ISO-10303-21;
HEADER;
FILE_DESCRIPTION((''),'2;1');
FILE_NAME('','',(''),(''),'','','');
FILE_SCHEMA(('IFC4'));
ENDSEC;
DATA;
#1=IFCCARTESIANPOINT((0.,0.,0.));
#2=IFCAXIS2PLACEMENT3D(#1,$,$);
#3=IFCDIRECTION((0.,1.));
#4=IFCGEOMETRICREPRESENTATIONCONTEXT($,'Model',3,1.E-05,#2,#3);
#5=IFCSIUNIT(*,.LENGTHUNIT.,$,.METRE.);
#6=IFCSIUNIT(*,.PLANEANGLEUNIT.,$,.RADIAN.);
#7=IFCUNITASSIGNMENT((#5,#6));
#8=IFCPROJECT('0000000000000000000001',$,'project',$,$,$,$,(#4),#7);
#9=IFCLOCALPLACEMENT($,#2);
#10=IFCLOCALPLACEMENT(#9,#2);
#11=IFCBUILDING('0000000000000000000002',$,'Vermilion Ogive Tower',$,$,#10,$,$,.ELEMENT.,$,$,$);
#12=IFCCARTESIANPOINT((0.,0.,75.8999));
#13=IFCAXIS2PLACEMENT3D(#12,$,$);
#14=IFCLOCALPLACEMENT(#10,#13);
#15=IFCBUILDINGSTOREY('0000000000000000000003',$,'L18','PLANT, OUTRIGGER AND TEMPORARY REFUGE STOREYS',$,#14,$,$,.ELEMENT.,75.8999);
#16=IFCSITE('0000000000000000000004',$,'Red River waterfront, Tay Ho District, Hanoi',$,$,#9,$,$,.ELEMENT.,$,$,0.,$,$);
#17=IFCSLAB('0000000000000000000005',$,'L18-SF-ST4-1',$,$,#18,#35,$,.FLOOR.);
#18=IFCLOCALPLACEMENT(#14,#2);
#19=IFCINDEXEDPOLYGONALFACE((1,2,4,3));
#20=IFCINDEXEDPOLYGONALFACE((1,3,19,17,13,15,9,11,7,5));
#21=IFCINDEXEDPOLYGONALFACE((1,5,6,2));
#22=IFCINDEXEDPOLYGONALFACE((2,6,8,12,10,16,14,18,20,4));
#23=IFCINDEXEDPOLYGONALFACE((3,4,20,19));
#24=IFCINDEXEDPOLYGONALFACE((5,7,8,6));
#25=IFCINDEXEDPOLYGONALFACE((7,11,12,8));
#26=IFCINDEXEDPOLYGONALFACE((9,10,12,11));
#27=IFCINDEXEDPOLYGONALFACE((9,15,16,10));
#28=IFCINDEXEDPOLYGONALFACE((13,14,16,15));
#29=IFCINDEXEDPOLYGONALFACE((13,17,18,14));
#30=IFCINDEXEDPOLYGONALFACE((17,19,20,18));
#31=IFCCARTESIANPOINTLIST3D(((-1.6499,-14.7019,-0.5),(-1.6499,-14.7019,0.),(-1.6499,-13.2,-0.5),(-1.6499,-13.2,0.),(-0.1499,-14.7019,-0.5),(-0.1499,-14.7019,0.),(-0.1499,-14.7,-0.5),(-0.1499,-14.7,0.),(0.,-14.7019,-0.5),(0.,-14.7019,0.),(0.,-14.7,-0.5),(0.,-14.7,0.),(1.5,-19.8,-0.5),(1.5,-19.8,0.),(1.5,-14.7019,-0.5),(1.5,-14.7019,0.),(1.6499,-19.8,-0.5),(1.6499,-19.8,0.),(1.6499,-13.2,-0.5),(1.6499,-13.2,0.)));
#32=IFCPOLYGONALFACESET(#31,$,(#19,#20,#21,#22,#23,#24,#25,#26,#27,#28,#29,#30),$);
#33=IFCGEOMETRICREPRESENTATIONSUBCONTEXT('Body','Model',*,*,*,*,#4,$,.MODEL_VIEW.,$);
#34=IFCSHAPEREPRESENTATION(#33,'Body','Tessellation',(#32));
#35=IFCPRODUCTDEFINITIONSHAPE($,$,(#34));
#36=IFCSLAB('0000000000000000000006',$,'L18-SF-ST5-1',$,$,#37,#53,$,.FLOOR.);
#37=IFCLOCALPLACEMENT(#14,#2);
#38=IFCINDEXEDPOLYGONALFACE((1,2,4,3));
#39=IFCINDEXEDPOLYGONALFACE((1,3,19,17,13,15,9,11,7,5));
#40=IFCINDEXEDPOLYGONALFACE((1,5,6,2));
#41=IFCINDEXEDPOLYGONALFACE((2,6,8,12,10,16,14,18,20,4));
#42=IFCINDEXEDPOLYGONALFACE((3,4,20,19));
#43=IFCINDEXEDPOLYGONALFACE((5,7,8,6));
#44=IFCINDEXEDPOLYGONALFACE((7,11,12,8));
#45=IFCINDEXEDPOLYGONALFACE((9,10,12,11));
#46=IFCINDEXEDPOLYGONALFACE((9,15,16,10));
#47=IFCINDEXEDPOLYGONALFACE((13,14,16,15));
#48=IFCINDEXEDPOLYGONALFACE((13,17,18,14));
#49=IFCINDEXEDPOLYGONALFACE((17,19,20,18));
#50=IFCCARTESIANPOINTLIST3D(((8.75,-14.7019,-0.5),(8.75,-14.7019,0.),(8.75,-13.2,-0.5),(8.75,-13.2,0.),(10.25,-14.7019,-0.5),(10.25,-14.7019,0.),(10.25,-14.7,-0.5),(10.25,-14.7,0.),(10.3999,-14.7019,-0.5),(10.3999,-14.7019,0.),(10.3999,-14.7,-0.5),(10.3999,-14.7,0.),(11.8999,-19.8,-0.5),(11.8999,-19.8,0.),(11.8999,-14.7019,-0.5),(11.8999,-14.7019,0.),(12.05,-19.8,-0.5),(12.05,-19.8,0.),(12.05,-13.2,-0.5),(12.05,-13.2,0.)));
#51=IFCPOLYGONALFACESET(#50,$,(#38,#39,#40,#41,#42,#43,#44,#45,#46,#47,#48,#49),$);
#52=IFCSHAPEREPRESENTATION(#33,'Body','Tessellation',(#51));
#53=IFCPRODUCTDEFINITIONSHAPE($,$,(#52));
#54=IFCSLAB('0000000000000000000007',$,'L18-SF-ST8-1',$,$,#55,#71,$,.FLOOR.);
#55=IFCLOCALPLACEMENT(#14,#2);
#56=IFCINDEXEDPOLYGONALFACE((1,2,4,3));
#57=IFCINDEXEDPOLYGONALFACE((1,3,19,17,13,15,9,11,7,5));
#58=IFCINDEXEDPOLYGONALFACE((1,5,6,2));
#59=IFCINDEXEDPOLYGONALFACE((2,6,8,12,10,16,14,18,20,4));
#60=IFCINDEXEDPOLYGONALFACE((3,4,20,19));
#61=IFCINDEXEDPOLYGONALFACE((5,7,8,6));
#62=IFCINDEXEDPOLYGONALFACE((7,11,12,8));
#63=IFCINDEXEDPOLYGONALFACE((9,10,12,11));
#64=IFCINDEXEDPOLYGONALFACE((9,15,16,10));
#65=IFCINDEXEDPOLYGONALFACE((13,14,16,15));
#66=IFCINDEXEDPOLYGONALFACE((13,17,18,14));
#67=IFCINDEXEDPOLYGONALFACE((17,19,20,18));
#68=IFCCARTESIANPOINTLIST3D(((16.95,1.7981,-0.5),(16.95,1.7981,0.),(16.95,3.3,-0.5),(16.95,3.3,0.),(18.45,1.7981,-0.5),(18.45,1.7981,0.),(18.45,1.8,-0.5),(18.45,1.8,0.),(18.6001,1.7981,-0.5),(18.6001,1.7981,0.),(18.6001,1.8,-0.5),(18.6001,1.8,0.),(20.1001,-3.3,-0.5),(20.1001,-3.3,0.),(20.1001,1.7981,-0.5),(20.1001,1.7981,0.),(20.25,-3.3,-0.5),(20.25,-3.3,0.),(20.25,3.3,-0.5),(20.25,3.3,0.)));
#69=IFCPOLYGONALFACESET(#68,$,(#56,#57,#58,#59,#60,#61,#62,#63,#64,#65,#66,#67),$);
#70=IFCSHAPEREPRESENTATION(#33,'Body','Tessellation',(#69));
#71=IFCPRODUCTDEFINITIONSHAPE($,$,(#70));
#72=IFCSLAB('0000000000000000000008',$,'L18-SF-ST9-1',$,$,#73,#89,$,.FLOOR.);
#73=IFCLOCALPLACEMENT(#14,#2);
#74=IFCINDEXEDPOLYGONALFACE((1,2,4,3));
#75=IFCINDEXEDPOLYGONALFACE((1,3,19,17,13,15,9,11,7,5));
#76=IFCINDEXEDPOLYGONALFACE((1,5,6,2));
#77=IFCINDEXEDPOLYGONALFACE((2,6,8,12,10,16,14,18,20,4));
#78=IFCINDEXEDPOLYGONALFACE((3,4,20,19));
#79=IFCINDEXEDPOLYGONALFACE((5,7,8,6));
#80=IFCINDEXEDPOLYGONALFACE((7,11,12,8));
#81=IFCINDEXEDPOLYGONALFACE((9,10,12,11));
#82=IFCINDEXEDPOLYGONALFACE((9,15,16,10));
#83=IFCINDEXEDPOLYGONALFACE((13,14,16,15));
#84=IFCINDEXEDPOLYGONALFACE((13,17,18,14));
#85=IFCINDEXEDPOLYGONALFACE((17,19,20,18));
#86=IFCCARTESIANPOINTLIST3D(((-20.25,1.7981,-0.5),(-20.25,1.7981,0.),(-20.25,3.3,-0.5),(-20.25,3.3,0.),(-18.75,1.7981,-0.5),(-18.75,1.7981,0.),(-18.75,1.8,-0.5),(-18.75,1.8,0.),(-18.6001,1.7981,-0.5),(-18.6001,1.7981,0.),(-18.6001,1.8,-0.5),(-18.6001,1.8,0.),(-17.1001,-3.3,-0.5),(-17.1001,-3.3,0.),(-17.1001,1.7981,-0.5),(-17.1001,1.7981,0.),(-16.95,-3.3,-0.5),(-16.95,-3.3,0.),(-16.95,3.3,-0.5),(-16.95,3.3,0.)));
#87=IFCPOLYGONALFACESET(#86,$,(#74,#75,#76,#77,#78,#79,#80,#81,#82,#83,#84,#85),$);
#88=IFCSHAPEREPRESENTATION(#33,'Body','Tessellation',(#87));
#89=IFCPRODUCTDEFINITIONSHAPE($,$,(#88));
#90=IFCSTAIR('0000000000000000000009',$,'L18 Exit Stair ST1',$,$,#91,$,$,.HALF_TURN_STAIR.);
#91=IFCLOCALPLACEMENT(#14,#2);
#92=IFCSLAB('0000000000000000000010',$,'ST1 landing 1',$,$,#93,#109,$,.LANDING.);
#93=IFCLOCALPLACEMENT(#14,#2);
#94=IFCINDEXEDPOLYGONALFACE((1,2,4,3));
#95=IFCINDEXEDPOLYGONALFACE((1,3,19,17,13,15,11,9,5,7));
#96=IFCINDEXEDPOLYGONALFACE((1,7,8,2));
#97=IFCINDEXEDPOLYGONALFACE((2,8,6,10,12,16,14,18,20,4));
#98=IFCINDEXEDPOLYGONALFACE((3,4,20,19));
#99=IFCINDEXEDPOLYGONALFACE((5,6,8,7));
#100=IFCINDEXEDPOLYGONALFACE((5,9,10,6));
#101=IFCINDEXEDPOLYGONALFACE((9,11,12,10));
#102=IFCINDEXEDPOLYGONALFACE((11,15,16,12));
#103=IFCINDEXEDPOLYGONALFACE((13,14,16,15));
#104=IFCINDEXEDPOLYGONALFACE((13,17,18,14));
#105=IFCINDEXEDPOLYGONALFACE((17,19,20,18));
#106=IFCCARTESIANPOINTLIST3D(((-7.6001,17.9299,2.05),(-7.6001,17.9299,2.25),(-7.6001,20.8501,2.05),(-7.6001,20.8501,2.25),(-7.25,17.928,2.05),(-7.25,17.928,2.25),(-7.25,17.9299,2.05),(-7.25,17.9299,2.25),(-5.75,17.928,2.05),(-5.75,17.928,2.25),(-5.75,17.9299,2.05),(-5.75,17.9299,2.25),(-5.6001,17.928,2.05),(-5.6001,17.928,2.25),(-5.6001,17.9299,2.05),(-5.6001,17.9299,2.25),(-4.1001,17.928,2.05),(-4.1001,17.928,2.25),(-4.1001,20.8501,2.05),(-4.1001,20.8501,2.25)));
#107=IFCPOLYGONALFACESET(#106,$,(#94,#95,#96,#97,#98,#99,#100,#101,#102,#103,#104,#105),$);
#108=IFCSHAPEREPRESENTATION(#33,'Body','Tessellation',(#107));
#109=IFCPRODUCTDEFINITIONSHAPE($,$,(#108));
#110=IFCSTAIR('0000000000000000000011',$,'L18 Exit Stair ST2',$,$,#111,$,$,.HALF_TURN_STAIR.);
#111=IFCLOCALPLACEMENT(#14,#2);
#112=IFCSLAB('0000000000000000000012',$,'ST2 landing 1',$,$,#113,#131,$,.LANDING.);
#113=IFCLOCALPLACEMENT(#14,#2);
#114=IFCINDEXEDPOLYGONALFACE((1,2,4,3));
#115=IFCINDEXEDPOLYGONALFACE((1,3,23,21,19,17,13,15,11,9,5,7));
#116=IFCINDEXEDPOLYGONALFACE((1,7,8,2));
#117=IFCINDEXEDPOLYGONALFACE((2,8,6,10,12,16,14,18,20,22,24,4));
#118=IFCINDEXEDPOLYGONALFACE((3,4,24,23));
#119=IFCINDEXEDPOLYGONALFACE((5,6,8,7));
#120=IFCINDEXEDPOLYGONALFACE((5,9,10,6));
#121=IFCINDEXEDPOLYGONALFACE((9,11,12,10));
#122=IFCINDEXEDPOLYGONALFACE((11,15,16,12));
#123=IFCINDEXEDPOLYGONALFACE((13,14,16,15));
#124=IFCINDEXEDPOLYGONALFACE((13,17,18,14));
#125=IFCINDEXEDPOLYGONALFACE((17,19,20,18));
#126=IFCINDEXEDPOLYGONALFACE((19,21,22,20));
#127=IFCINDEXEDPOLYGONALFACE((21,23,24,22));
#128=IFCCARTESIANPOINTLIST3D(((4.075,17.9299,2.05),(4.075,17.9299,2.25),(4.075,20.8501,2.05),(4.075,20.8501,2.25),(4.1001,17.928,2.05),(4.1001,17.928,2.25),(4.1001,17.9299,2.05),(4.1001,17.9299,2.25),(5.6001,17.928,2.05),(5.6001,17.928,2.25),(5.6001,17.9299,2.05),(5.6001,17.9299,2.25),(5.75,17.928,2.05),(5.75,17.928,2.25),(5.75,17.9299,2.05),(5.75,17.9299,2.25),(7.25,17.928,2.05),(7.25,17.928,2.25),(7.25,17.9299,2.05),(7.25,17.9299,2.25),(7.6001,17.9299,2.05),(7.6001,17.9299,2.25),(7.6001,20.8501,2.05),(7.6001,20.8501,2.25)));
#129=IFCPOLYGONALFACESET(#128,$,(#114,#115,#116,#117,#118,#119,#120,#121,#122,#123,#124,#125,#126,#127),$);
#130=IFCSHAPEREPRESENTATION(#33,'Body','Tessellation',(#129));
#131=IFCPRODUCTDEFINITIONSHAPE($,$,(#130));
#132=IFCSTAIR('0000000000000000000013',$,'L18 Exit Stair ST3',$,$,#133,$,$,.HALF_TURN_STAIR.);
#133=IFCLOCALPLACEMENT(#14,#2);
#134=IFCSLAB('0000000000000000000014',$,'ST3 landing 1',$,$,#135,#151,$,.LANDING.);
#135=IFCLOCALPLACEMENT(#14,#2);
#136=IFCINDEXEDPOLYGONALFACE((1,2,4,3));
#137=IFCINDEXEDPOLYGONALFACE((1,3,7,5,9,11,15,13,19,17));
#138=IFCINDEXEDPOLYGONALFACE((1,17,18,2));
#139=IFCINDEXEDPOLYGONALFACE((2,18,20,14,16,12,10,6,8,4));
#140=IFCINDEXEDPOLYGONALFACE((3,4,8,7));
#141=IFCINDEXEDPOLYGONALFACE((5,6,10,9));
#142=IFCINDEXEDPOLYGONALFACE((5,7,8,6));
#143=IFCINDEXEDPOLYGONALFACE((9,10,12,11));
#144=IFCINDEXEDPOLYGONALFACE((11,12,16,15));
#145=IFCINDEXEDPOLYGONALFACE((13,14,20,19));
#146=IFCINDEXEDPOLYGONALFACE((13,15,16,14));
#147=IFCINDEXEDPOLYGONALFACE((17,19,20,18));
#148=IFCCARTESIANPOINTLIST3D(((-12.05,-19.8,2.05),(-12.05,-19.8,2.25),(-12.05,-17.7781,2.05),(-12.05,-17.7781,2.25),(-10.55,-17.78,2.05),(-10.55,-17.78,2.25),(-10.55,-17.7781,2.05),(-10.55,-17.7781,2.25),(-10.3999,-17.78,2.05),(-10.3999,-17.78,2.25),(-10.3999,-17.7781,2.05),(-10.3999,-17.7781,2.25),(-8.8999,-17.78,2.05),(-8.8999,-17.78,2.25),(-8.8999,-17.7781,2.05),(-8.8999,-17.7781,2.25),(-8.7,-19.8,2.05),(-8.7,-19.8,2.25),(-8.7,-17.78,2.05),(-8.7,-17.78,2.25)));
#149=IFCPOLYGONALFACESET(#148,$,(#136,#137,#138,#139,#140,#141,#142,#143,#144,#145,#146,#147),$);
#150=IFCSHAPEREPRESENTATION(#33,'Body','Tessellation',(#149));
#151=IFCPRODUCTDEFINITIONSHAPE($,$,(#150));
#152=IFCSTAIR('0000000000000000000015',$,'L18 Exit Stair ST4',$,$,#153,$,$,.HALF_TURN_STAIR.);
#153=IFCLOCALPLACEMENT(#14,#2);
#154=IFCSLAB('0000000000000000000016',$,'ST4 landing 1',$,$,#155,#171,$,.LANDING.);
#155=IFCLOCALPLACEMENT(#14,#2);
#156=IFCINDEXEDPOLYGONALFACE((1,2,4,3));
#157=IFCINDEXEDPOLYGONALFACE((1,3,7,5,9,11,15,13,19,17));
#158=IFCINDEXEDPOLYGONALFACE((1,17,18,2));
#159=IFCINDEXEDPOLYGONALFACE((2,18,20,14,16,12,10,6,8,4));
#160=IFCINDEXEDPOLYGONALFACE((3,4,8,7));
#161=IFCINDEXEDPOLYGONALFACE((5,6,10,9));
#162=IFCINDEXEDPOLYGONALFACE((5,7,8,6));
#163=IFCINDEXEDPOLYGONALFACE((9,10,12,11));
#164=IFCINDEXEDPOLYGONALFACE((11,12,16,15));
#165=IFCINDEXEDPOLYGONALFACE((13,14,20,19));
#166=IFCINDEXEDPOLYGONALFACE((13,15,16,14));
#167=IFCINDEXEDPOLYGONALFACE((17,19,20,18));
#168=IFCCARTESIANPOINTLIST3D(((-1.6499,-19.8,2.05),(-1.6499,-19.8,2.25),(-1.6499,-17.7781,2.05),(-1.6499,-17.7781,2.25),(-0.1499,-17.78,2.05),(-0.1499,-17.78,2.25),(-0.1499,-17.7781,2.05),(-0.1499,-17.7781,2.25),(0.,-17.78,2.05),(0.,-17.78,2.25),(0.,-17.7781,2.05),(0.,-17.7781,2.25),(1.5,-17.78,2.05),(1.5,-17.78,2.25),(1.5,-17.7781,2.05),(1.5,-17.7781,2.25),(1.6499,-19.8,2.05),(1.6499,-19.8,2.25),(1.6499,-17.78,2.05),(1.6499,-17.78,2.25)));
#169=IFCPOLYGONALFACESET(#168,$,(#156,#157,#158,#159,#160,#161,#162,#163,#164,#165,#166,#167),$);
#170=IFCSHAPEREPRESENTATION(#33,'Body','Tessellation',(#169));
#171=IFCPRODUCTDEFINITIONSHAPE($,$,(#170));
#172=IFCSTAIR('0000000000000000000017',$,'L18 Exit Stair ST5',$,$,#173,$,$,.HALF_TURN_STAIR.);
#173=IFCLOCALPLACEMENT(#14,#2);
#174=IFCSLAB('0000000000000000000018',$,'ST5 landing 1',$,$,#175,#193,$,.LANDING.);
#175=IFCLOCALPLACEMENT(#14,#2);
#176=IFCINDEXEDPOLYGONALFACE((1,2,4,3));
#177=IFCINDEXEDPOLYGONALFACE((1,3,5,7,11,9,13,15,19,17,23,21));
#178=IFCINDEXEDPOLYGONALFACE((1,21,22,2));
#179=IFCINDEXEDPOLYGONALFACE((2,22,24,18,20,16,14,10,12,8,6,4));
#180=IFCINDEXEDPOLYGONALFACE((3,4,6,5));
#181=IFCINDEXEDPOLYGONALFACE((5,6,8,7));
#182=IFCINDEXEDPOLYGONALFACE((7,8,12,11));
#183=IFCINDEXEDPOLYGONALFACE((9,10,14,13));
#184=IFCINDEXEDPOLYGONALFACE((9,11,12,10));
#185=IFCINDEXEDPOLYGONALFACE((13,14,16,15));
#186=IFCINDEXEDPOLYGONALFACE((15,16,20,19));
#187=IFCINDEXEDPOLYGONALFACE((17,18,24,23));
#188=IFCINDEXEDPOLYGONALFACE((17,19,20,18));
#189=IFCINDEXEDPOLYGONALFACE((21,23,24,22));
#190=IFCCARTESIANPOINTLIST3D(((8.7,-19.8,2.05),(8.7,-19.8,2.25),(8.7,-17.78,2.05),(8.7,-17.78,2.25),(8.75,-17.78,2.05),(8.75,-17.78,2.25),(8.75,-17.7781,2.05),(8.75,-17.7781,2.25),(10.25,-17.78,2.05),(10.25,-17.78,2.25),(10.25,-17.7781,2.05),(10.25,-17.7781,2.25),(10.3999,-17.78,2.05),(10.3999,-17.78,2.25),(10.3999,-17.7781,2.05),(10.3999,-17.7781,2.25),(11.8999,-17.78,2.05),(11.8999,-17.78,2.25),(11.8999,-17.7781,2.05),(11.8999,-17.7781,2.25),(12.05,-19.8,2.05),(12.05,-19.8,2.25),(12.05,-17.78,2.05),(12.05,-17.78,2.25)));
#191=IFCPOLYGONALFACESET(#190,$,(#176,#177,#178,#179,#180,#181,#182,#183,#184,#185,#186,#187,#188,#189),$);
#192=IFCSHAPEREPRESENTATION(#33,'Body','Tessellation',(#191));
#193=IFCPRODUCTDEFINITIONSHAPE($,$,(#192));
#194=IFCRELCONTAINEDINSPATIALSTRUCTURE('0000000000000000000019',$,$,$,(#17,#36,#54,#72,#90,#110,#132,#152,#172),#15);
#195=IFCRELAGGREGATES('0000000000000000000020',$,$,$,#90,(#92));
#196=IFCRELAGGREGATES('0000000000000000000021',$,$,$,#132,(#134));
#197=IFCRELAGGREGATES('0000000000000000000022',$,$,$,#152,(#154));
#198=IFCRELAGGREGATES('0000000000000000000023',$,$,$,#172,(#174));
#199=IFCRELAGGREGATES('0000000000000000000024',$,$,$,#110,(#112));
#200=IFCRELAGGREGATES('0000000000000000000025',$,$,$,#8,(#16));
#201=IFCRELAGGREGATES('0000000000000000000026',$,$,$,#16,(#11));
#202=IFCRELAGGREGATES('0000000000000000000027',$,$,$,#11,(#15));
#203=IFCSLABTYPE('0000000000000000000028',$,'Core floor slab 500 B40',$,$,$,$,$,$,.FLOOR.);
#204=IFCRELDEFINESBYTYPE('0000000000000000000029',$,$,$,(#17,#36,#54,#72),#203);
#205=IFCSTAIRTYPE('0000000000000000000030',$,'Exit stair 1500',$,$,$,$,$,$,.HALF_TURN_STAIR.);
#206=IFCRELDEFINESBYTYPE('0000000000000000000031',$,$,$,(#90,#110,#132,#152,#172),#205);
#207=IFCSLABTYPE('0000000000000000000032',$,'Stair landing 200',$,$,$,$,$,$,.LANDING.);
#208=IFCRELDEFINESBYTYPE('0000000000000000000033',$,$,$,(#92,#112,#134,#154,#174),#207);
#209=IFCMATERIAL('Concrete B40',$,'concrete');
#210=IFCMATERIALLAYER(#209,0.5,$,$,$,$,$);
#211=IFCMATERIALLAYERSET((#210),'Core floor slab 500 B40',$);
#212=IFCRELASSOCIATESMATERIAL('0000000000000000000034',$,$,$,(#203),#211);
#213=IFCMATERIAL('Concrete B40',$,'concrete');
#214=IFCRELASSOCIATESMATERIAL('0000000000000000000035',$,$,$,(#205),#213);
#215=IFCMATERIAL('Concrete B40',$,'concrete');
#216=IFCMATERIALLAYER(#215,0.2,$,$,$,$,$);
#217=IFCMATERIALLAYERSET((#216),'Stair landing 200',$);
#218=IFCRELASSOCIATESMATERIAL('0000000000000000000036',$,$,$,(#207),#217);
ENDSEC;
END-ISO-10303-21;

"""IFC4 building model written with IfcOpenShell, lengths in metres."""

from ifc_helpers import new_model, si_unit, direction, frame, origin, place, context, subcontext, project, spatial, polyline, outline, extrude, material, layer, layer_set, type_object, element, aggregate, save


model = new_model("IFC4")

# Units and contexts
model_context = context("Model", 3, precision=1e-05, world=origin(), true_north=direction((0.0, 1.0)))
body_context = subcontext(model_context, "Body", "Model", "MODEL_VIEW")
ifc_project = project(units=[si_unit("LENGTHUNIT", "METRE"), si_unit("PLANEANGLEUNIT", "RADIAN")], contexts=[model_context])

# Site, building, storey
site_placement = place(None, origin())
site = spatial("IfcSite", under=ifc_project, at=site_placement, Name="Red River waterfront, Tay Ho District, Hanoi", CompositionType="ELEMENT", RefElevation=0.0)
building_placement = place(site_placement, origin())
building = spatial("IfcBuilding", under=site, at=building_placement, Name="Vermilion Ogive Tower", CompositionType="ELEMENT")
storey_placement = place(building_placement, frame((0.0, 0.0, 75.8999)))
storey = spatial("IfcBuildingStorey", under=building, at=storey_placement, Name="L18", Description="PLANT, OUTRIGGER AND TEMPORARY REFUGE STOREYS", CompositionType="ELEMENT", Elevation=75.8999)

# Slabs
ifc_material_1 = material(Name="Concrete B40", Category="concrete")
ifc_layer_1 = layer(ifc_material_1, 0.5)
ifc_layer_set_1 = layer_set([ifc_layer_1], Name="Core floor slab 500 B40")
slab_type_1 = type_object("IfcSlabType", Name="Core floor slab 500 B40", PredefinedType="FLOOR", material=ifc_layer_set_1)
slab_1_placement = place(storey_placement, frame((0.0, 0.0, -0.5)))
element("IfcSlab", 1, at=slab_1_placement, inside=storey, type_object=slab_type_1, Name="L18-SF-ST4-1", PredefinedType="FLOOR", context=body_context, shape_type="SweptSolid", body=[
    extrude(outline(polyline([(-1.6499, -13.2), (-1.6499, -14.7019), (-0.1499, -14.7019), (-0.1499, -14.7), (0.0, -14.7), (0.0, -14.7019), (1.5, -14.7019), (1.5, -19.8), (1.6499, -19.8), (1.6499, -13.2), (-1.6499, -13.2)])), origin(), (0.0, 0.0, 1.0), 0.5),
])
slab_2_placement = place(storey_placement, frame((0.0, 0.0, -0.5)))
element("IfcSlab", 2, at=slab_2_placement, inside=storey, type_object=slab_type_1, Name="L18-SF-ST5-1", PredefinedType="FLOOR", context=body_context, shape_type="SweptSolid", body=[
    extrude(outline(polyline([(8.75, -13.2), (8.75, -14.7019), (10.25, -14.7019), (10.25, -14.7), (10.3999, -14.7), (10.3999, -14.7019), (11.8999, -14.7019), (11.8999, -19.8), (12.05, -19.8), (12.05, -13.2), (8.75, -13.2)])), origin(), (0.0, 0.0, 1.0), 0.5),
])
slab_3_placement = place(storey_placement, frame((0.0, 0.0, -0.5)))
element("IfcSlab", 3, at=slab_3_placement, inside=storey, type_object=slab_type_1, Name="L18-SF-ST8-1", PredefinedType="FLOOR", context=body_context, shape_type="SweptSolid", body=[
    extrude(outline(polyline([(16.95, 3.3), (16.95, 1.7981), (18.45, 1.7981), (18.45, 1.8), (18.6001, 1.8), (18.6001, 1.7981), (20.1001, 1.7981), (20.1001, -3.3), (20.25, -3.3), (20.25, 3.3), (16.95, 3.3)])), origin(), (0.0, 0.0, 1.0), 0.5),
])
slab_4_placement = place(storey_placement, frame((0.0, 0.0, -0.5)))
element("IfcSlab", 4, at=slab_4_placement, inside=storey, type_object=slab_type_1, Name="L18-SF-ST9-1", PredefinedType="FLOOR", context=body_context, shape_type="SweptSolid", body=[
    extrude(outline(polyline([(-20.25, 3.3), (-20.25, 1.7981), (-18.75, 1.7981), (-18.75, 1.8), (-18.6001, 1.8), (-18.6001, 1.7981), (-17.1001, 1.7981), (-17.1001, -3.3), (-16.95, -3.3), (-16.95, 3.3), (-20.25, 3.3)])), origin(), (0.0, 0.0, 1.0), 0.5),
])

# Stairs, slabs
ifc_material_2 = material(Name="Concrete B40", Category="concrete")
stair_type = type_object("IfcStairType", Name="Exit stair 1500", PredefinedType="HALF_TURN_STAIR", material=ifc_material_2)
stair_1_placement = place(storey_placement, origin())
stair_1 = element("IfcStair", 5, at=stair_1_placement, inside=storey, type_object=stair_type, Name="L18 Exit Stair ST1", PredefinedType="HALF_TURN_STAIR")
ifc_material_3 = material(Name="Concrete B40", Category="concrete")
ifc_layer_2 = layer(ifc_material_3, 0.2)
ifc_layer_set_2 = layer_set([ifc_layer_2], Name="Stair landing 200")
slab_type_2 = type_object("IfcSlabType", Name="Stair landing 200", PredefinedType="LANDING", material=ifc_layer_set_2)
slab_5_placement = place(storey_placement, frame((0.0, 0.0, 2.05)))
slab_5 = element("IfcSlab", 6, at=slab_5_placement, type_object=slab_type_2, Name="ST1 landing 1", PredefinedType="LANDING", context=body_context, shape_type="SweptSolid", body=[
    extrude(outline(polyline([(-7.6001, 17.9299), (-7.25, 17.9299), (-7.25, 17.928), (-5.75, 17.928), (-5.75, 17.9299), (-5.6001, 17.9299), (-5.6001, 17.928), (-4.1001, 17.928), (-4.1001, 20.8501), (-7.6001, 20.8501), (-7.6001, 17.9299)])), origin(), (0.0, 0.0, 1.0), 0.2),
])
aggregate(stair_1, [slab_5])
stair_2_placement = place(storey_placement, origin())
stair_2 = element("IfcStair", 7, at=stair_2_placement, inside=storey, type_object=stair_type, Name="L18 Exit Stair ST2", PredefinedType="HALF_TURN_STAIR")
slab_6_placement = place(storey_placement, frame((0.0, 0.0, 2.05)))
slab_6 = element("IfcSlab", 8, at=slab_6_placement, type_object=slab_type_2, Name="ST2 landing 1", PredefinedType="LANDING", context=body_context, shape_type="SweptSolid", body=[
    extrude(outline(polyline([(5.6001, 17.9299), (5.75, 17.9299), (5.75, 17.928), (7.25, 17.928), (7.25, 17.9299), (7.6001, 17.9299), (7.6001, 20.8501), (4.075, 20.8501), (4.075, 17.9299), (4.1001, 17.9299), (4.1001, 17.928), (5.6001, 17.928), (5.6001, 17.9299)])), origin(), (0.0, 0.0, 1.0), 0.2),
])
stair_3_placement = place(storey_placement, origin())
stair_3 = element("IfcStair", 9, at=stair_3_placement, inside=storey, type_object=stair_type, Name="L18 Exit Stair ST3", PredefinedType="HALF_TURN_STAIR")
slab_7_placement = place(storey_placement, frame((0.0, 0.0, 2.05)))
slab_7 = element("IfcSlab", 10, at=slab_7_placement, type_object=slab_type_2, Name="ST3 landing 1", PredefinedType="LANDING", context=body_context, shape_type="SweptSolid", body=[
    extrude(outline(polyline([(-8.7, -17.78), (-8.8999, -17.78), (-8.8999, -17.7781), (-10.3999, -17.7781), (-10.3999, -17.78), (-10.55, -17.78), (-10.55, -17.7781), (-12.05, -17.7781), (-12.05, -19.8), (-8.7, -19.8), (-8.7, -17.78)])), origin(), (0.0, 0.0, 1.0), 0.2),
])
aggregate(stair_3, [slab_7])
stair_4_placement = place(storey_placement, origin())
stair_4 = element("IfcStair", 11, at=stair_4_placement, inside=storey, type_object=stair_type, Name="L18 Exit Stair ST4", PredefinedType="HALF_TURN_STAIR")
slab_8_placement = place(storey_placement, frame((0.0, 0.0, 2.05)))
slab_8 = element("IfcSlab", 12, at=slab_8_placement, type_object=slab_type_2, Name="ST4 landing 1", PredefinedType="LANDING", context=body_context, shape_type="SweptSolid", body=[
    extrude(outline(polyline([(1.6499, -17.78), (1.5, -17.78), (1.5, -17.7781), (0.0, -17.7781), (0.0, -17.78), (-0.1499, -17.78), (-0.1499, -17.7781), (-1.6499, -17.7781), (-1.6499, -19.8), (1.6499, -19.8), (1.6499, -17.78)])), origin(), (0.0, 0.0, 1.0), 0.2),
])
aggregate(stair_4, [slab_8])
stair_5_placement = place(storey_placement, origin())
stair_5 = element("IfcStair", 13, at=stair_5_placement, inside=storey, type_object=stair_type, Name="L18 Exit Stair ST5", PredefinedType="HALF_TURN_STAIR")
slab_9_placement = place(storey_placement, frame((0.0, 0.0, 2.05)))
slab_9 = element("IfcSlab", 14, at=slab_9_placement, type_object=slab_type_2, Name="ST5 landing 1", PredefinedType="LANDING", context=body_context, shape_type="SweptSolid", body=[
    extrude(outline(polyline([(12.05, -17.78), (11.8999, -17.78), (11.8999, -17.7781), (10.3999, -17.7781), (10.3999, -17.78), (10.25, -17.78), (10.25, -17.7781), (8.75, -17.7781), (8.75, -17.78), (8.7, -17.78), (8.7, -19.8), (12.05, -19.8), (12.05, -17.78)])), origin(), (0.0, 0.0, 1.0), 0.2),
])
aggregate(stair_5, [slab_9])

aggregate(stair_2, [slab_6])

save(model, "model.ifc")
